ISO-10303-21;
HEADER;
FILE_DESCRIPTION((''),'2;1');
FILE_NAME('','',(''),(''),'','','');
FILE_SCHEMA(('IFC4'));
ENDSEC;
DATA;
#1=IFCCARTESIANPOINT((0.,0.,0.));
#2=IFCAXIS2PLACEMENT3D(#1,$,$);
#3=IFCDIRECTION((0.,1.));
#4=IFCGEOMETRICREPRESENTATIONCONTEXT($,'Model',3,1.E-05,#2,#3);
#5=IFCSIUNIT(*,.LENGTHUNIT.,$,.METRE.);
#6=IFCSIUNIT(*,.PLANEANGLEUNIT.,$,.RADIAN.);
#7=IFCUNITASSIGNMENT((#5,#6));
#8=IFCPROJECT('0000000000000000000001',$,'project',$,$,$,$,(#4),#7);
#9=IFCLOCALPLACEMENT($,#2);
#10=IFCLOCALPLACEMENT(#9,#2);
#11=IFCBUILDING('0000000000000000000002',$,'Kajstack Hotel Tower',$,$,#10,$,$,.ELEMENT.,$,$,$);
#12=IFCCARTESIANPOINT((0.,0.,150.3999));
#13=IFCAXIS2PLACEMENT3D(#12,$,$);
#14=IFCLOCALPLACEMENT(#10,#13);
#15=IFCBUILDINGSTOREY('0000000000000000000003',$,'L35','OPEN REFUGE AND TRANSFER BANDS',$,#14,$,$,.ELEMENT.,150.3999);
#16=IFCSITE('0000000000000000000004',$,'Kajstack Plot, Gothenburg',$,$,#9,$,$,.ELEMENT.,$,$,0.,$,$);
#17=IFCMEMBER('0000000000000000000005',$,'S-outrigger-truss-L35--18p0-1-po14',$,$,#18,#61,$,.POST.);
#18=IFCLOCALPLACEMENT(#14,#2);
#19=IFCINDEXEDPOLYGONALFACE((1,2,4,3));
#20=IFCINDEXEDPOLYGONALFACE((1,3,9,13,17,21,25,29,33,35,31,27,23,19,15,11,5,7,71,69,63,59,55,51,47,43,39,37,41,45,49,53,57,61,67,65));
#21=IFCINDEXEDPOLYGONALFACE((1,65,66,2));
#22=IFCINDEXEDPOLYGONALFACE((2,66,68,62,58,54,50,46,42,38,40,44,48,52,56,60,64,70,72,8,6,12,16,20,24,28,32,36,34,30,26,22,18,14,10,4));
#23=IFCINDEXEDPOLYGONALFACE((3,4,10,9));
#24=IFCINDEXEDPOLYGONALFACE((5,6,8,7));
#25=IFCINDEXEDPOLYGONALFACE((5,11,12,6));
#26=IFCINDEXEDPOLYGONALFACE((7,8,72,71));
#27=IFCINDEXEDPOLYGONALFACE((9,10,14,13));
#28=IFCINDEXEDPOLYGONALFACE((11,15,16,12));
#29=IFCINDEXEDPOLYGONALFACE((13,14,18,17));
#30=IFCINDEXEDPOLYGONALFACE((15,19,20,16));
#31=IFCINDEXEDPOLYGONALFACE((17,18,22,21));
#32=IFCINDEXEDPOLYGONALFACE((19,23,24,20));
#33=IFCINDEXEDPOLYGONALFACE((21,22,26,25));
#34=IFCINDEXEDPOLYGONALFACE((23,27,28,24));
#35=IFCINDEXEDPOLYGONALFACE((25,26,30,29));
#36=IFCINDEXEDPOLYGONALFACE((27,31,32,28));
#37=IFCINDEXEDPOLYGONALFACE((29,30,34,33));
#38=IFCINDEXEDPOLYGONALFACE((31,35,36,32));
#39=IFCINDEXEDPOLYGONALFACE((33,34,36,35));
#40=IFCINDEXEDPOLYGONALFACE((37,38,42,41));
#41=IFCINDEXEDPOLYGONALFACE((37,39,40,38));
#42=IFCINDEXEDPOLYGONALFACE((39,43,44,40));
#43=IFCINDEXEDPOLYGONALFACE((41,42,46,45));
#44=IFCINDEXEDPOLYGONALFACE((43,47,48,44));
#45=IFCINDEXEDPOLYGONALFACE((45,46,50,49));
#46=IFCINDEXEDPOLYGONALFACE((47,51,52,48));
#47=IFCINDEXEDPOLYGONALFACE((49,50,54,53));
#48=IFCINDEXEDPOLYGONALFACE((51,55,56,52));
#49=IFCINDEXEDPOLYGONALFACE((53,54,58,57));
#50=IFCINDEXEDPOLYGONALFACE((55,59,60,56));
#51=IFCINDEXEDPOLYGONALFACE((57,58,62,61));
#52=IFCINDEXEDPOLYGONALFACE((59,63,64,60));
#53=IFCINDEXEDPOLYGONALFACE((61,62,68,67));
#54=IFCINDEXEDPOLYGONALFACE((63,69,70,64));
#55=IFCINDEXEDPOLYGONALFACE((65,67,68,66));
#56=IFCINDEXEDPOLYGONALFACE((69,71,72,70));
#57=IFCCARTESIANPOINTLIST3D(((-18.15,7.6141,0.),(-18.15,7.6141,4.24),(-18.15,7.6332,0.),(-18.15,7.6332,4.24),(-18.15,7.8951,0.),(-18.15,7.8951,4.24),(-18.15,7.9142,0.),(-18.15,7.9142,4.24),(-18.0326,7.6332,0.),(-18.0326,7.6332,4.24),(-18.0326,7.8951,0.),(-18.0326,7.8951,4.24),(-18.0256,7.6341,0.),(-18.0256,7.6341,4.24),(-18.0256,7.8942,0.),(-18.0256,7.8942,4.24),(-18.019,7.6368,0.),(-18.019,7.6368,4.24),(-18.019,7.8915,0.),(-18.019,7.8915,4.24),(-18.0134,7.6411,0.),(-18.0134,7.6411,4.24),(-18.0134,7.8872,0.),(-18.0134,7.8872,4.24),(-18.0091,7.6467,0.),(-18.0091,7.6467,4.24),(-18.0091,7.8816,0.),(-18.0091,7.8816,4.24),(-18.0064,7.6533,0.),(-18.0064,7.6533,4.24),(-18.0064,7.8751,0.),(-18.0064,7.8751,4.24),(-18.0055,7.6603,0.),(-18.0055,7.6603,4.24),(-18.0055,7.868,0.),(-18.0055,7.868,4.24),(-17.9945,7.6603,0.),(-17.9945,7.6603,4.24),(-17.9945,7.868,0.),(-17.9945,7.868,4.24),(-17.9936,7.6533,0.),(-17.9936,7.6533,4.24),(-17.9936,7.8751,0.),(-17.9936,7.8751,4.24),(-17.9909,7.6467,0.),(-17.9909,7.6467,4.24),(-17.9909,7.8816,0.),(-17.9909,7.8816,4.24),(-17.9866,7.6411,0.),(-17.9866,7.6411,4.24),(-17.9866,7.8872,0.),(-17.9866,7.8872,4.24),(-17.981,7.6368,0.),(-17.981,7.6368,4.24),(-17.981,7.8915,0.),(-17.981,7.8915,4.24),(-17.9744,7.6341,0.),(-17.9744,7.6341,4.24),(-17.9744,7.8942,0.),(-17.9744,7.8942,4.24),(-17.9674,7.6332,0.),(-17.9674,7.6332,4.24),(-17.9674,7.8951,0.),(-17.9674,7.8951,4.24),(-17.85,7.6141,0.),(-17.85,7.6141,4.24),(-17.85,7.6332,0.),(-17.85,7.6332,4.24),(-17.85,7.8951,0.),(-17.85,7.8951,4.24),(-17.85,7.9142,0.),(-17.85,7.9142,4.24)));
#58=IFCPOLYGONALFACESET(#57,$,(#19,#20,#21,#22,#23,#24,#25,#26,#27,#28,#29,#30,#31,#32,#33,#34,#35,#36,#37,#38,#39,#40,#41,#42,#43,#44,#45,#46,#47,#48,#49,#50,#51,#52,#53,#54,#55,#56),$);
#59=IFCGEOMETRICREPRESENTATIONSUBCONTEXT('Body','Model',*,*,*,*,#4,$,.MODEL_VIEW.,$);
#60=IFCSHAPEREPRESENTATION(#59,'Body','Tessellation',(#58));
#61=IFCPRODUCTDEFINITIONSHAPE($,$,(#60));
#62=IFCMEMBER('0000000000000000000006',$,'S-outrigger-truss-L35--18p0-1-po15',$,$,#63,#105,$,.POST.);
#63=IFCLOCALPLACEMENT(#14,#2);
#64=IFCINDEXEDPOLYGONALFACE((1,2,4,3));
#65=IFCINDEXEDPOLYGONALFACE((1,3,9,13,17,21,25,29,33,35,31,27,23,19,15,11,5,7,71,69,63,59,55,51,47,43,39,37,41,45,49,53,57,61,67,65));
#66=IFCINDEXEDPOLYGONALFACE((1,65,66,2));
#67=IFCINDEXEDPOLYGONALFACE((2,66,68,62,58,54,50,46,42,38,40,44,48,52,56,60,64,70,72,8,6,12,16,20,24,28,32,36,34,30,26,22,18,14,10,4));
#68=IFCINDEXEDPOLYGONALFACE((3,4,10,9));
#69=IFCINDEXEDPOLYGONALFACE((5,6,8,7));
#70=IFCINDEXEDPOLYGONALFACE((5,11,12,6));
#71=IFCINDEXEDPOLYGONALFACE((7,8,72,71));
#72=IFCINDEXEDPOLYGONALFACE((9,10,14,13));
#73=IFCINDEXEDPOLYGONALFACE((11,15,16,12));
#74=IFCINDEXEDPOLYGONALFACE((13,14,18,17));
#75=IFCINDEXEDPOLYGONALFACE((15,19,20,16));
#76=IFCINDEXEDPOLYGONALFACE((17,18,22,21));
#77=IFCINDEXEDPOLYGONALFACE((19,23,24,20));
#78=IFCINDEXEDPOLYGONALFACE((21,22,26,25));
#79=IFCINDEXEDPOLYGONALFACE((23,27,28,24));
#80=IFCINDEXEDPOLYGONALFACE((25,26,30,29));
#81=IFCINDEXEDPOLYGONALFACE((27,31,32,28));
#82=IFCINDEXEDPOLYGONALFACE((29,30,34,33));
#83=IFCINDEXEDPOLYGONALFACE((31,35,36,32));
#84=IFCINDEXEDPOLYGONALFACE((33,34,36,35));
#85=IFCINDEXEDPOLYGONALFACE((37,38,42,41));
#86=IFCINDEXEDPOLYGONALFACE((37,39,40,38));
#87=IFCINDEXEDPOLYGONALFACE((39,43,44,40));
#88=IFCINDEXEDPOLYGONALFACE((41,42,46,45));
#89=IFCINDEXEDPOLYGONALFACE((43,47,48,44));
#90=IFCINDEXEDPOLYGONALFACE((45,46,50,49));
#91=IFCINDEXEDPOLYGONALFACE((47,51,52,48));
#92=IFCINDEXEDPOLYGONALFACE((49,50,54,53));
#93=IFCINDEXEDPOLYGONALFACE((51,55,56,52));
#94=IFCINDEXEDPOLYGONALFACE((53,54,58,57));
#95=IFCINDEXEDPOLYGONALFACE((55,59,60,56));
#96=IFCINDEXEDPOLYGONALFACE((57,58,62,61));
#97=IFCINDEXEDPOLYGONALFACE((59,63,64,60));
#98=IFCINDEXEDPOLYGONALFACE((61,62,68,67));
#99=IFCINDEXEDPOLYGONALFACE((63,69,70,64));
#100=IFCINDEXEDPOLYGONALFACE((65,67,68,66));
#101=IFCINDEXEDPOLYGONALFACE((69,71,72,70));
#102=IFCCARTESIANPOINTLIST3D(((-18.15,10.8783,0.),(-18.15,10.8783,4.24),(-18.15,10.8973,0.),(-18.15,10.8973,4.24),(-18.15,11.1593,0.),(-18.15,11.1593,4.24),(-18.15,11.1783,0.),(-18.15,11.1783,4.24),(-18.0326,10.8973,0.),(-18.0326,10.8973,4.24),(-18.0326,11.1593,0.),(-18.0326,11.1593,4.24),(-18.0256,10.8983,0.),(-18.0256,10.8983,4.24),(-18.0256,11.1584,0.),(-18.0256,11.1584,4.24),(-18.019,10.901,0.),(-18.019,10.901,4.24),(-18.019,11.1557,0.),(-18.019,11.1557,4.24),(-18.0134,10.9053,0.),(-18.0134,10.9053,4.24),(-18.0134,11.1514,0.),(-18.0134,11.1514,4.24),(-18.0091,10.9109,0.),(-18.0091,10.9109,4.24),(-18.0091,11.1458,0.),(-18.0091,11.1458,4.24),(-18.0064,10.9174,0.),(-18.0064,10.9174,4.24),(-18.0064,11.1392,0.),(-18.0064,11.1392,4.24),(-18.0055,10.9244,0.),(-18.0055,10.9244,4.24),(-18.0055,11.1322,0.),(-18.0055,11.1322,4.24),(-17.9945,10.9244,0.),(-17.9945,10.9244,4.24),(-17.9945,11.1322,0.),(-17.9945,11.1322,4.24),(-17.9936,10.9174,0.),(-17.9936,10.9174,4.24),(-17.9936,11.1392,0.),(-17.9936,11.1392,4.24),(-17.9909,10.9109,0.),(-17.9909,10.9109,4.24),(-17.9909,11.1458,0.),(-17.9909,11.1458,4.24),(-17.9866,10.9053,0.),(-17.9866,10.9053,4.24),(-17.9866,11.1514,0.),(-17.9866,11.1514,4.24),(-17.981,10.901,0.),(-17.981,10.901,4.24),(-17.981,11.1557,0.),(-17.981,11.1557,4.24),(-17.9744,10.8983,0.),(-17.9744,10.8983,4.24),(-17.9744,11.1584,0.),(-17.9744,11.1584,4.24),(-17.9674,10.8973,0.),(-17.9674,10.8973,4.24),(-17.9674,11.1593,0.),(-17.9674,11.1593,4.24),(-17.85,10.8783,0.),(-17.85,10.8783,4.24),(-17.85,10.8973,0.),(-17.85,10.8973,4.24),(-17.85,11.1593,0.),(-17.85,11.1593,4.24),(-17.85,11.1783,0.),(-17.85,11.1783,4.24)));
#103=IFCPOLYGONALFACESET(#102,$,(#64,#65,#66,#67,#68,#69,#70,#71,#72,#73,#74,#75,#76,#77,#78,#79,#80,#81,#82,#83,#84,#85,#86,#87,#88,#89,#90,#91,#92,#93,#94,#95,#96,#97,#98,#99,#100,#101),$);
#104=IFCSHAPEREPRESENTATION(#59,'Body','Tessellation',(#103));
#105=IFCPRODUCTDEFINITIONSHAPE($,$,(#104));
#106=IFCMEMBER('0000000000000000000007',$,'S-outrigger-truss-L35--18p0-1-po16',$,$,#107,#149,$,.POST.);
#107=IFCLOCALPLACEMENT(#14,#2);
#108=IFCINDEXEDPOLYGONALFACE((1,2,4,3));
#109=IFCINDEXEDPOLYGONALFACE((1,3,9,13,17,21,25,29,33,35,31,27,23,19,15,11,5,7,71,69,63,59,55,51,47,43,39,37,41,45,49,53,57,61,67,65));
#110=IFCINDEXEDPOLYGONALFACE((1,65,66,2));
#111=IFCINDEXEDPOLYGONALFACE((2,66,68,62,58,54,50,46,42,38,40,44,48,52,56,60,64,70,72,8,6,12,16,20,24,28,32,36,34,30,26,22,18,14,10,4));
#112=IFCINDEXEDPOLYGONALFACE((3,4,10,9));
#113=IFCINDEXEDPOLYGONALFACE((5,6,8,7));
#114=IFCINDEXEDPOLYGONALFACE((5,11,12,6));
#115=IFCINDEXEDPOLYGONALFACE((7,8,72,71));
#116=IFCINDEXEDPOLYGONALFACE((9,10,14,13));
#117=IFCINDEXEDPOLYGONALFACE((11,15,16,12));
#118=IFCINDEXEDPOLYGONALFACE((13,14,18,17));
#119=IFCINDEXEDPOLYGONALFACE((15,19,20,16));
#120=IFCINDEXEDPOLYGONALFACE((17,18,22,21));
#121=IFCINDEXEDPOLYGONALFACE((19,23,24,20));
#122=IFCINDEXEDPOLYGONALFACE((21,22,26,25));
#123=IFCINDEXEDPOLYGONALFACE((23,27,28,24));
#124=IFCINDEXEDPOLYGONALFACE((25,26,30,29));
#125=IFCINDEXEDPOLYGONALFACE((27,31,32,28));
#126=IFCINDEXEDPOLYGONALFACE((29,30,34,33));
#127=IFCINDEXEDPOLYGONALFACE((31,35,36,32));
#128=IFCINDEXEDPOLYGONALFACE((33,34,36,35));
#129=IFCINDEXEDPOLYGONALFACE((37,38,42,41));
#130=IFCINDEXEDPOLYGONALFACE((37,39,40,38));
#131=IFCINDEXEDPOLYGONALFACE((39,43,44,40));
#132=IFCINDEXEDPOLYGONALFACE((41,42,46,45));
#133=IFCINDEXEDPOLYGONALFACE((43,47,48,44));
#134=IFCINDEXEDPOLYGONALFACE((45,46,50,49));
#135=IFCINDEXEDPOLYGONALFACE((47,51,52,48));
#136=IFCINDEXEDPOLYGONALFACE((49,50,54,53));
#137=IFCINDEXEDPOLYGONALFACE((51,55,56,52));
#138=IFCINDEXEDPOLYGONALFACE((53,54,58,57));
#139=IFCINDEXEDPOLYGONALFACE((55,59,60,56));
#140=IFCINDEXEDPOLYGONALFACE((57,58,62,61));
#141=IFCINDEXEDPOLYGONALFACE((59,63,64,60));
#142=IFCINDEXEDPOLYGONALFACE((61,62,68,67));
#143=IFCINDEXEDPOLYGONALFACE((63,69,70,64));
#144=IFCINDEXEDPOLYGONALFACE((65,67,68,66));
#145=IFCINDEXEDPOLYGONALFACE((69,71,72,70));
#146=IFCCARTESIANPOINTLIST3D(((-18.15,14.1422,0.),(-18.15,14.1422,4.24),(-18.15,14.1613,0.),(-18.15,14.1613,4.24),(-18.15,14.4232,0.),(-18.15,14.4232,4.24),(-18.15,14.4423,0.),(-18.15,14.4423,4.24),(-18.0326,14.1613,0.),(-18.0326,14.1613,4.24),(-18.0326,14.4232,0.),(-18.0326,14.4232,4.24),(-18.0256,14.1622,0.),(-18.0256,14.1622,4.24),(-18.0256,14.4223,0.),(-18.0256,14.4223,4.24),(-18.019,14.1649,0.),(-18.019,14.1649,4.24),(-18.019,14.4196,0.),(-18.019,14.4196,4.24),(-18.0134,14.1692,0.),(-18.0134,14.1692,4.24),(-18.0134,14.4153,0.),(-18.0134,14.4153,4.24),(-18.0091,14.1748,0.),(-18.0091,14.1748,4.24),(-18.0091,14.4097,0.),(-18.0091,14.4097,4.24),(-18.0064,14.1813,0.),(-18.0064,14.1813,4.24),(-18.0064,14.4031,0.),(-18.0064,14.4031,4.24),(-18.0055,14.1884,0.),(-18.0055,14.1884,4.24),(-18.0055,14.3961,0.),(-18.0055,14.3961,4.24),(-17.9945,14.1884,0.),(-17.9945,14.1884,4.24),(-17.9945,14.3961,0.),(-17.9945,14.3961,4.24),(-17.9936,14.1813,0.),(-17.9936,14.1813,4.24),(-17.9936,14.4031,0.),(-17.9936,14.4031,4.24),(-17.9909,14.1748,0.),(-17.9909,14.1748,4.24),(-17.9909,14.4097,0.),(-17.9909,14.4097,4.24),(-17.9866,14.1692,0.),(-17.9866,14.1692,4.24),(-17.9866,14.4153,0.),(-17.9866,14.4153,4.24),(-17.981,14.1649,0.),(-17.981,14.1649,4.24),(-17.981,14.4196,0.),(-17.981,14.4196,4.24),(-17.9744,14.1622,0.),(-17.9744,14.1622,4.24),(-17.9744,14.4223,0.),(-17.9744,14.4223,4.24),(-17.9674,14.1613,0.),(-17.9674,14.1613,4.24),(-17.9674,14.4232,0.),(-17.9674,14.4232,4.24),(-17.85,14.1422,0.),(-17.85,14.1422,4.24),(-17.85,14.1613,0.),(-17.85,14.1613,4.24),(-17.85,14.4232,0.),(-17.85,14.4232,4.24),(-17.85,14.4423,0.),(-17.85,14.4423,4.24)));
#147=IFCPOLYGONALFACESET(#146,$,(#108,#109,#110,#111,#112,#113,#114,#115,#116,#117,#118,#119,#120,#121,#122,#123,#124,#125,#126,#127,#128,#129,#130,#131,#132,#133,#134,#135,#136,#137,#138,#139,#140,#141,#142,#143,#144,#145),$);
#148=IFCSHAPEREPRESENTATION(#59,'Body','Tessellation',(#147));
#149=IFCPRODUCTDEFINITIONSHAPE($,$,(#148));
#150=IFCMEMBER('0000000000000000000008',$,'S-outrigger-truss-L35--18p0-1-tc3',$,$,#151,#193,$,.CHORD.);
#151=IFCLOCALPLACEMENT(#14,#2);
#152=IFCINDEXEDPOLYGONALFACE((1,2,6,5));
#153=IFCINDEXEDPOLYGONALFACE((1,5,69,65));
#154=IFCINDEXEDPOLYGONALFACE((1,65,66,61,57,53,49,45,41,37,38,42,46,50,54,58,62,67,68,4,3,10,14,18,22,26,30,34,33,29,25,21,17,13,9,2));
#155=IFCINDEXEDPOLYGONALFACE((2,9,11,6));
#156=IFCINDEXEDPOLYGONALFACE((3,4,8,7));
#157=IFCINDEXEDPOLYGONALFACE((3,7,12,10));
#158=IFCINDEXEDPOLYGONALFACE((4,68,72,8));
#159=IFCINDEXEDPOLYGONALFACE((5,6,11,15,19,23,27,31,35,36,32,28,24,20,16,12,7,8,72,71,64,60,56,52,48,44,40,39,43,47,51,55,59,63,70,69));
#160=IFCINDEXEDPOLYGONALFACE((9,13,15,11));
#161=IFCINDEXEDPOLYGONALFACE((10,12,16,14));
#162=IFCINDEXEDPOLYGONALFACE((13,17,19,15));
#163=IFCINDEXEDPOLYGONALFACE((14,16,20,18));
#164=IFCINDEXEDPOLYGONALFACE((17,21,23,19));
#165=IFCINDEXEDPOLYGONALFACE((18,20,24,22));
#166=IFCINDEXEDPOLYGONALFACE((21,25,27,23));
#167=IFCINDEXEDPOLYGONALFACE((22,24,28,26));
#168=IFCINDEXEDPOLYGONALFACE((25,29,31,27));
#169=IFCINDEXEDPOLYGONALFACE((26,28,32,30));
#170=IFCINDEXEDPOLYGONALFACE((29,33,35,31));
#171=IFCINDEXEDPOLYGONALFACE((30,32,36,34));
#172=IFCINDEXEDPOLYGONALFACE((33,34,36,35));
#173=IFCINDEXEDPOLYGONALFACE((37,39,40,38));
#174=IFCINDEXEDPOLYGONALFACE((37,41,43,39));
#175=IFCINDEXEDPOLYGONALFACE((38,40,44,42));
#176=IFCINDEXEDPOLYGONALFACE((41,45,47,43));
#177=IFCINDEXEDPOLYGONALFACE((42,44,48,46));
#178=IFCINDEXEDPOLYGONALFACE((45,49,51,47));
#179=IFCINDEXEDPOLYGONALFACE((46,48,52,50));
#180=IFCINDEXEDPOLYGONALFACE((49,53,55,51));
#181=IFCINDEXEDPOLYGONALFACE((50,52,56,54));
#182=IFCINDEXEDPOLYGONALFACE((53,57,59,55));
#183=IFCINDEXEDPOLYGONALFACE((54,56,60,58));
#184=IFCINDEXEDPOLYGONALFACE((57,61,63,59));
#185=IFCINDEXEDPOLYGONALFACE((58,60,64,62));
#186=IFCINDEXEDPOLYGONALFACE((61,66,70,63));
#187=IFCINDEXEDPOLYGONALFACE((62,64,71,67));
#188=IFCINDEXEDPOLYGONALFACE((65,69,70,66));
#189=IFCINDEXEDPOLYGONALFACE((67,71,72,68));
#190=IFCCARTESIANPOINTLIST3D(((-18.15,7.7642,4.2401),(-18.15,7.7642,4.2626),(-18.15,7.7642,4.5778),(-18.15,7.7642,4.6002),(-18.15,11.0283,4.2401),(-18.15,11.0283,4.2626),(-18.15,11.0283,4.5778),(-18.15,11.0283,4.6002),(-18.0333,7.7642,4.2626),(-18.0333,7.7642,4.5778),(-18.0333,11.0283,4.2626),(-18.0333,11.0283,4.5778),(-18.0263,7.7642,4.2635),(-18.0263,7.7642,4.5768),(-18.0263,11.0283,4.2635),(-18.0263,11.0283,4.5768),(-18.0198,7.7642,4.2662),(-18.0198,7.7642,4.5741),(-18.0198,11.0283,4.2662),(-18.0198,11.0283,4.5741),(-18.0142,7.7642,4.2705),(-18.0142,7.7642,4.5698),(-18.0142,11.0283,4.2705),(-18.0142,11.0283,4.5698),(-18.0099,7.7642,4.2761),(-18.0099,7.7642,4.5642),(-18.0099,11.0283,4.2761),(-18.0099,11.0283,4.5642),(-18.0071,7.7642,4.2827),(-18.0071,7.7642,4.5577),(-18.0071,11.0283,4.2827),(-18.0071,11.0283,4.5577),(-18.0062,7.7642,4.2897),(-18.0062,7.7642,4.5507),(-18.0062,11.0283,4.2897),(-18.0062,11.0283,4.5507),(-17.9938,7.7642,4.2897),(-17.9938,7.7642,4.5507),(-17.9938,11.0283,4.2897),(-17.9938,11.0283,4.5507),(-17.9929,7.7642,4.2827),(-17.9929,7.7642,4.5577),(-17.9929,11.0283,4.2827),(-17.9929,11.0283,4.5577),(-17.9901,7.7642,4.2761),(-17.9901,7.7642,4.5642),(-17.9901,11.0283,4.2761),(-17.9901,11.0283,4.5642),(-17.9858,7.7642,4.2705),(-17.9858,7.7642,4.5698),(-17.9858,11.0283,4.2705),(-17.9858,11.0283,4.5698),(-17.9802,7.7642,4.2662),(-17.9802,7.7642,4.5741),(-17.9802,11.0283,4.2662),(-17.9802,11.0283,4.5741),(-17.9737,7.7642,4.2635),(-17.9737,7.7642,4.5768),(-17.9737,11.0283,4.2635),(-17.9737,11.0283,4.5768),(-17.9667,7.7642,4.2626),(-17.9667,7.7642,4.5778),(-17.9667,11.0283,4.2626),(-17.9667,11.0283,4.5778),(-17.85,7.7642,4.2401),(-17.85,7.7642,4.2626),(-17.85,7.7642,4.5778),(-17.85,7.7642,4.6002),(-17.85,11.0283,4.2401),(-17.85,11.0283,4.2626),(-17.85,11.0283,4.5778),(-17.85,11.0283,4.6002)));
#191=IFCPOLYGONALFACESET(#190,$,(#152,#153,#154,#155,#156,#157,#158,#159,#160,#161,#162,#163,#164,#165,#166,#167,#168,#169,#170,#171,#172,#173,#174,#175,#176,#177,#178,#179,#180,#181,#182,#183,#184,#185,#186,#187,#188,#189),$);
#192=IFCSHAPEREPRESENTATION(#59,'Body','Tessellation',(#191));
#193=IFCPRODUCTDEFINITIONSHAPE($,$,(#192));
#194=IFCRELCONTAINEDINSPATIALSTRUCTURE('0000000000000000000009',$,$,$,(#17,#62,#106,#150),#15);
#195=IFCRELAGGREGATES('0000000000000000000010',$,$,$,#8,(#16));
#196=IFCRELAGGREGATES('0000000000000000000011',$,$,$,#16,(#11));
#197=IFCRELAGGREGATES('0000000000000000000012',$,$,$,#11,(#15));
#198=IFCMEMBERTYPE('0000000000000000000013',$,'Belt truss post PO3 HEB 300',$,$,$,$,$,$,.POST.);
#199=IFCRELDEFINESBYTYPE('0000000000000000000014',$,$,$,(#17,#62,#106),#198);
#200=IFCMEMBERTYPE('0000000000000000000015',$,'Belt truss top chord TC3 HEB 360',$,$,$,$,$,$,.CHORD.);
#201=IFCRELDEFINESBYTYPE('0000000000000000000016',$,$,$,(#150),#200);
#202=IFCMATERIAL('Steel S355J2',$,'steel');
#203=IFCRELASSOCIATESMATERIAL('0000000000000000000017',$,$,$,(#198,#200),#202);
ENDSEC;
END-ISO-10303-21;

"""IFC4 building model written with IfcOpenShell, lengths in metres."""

from ifc_helpers import new_model, si_unit, direction, frame, origin, origin_2d, place, context, subcontext, project, spatial, i_section, extrude, material, material_profile, profile_set, type_object, element, save


model = new_model("IFC4")

# Units and contexts
model_context = context("Model", 3, precision=1e-05, world=origin(), true_north=direction((0.0, 1.0)))
body_context = subcontext(model_context, "Body", "Model", "MODEL_VIEW")
ifc_project = project(units=[si_unit("LENGTHUNIT", "METRE"), si_unit("PLANEANGLEUNIT", "RADIAN")], contexts=[model_context])

# Site, building, storey
site_placement = place(None, origin())
site = spatial("IfcSite", under=ifc_project, at=site_placement, Name="Kajstack Plot, Gothenburg", CompositionType="ELEMENT", RefElevation=0.0)
building_placement = place(site_placement, origin())
building = spatial("IfcBuilding", under=site, at=building_placement, Name="Kajstack Hotel Tower", CompositionType="ELEMENT")
storey_placement = place(building_placement, frame((0.0, 0.0, 150.3999)))
storey = spatial("IfcBuildingStorey", under=building, at=storey_placement, Name="L35", Description="OPEN REFUGE AND TRANSFER BANDS", CompositionType="ELEMENT", Elevation=150.3999)

# Members
ifc_material = material(Name="Steel S355J2", Category="steel")
ifc_material_profile_1 = material_profile(ifc_material, i_section(OverallWidth=0.3, OverallDepth=0.3, WebThickness=0.011, FlangeThickness=0.019, FilletRadius=0.0271, at=origin_2d()), Name="HEB 300")
ifc_profile_set_1 = profile_set([ifc_material_profile_1], Name="Steel S355J2")
member_type_1 = type_object("IfcMemberType", Name="Belt truss post PO3 HEB 300", PredefinedType="POST", material=ifc_profile_set_1)
for number, where, z_axis, x_axis, name in (
    (1, (-18.0, 7.7642, 0.0), (0.0, 0.0, 1.0), (1.0, 0.0, 0.0), "S-outrigger-truss-L35--18p0-1-po14"),
    (2, (-18.0, 11.0283, 0.0), (0.0, 0.0, 1.0), (1.0, 0.0, 0.0), "S-outrigger-truss-L35--18p0-1-po15"),
    (3, (-18.0, 14.2922, 0.0), (0.0, 0.0, 1.0), (1.0, 0.0, 0.0), "S-outrigger-truss-L35--18p0-1-po16"),
):
    element("IfcMember", number, at=place(storey_placement, frame(where, z_axis=z_axis, x_axis=x_axis)), inside=storey, type_object=member_type_1, Name=name, PredefinedType="POST", context=body_context, shape_type="SweptSolid", body=[
        extrude(i_section(OverallWidth=0.3, OverallDepth=0.3, WebThickness=0.011, FlangeThickness=0.019, FilletRadius=0.0271, at=origin_2d()), origin(), (0.0, 0.0, 1.0), 4.24),
    ])
ifc_material_profile_2 = material_profile(ifc_material, i_section(OverallWidth=0.3, OverallDepth=0.3601, WebThickness=0.0125, FlangeThickness=0.0225, FilletRadius=0.0271, at=origin_2d()), Name="HEB 360")
ifc_profile_set_2 = profile_set([ifc_material_profile_2], Name="Steel S355J2")
member_type_2 = type_object("IfcMemberType", Name="Belt truss top chord TC3 HEB 360", PredefinedType="CHORD", material=ifc_profile_set_2)
member_1_placement = place(storey_placement, frame((-18.0, 7.7642, 4.4202), z_axis=(0.0, 1.0, 0.0), x_axis=(-1.0, 0.0, 0.0)))
element("IfcMember", 4, at=member_1_placement, inside=storey, type_object=member_type_2, Name="S-outrigger-truss-L35--18p0-1-tc3", PredefinedType="CHORD", context=body_context, shape_type="SweptSolid", body=[
    extrude(i_section(OverallWidth=0.3, OverallDepth=0.3601, WebThickness=0.0125, FlangeThickness=0.0225, FilletRadius=0.0271, at=origin_2d()), origin(), (0.0, 0.0, 1.0), 3.2642),
])

save(model, "model.ifc")
